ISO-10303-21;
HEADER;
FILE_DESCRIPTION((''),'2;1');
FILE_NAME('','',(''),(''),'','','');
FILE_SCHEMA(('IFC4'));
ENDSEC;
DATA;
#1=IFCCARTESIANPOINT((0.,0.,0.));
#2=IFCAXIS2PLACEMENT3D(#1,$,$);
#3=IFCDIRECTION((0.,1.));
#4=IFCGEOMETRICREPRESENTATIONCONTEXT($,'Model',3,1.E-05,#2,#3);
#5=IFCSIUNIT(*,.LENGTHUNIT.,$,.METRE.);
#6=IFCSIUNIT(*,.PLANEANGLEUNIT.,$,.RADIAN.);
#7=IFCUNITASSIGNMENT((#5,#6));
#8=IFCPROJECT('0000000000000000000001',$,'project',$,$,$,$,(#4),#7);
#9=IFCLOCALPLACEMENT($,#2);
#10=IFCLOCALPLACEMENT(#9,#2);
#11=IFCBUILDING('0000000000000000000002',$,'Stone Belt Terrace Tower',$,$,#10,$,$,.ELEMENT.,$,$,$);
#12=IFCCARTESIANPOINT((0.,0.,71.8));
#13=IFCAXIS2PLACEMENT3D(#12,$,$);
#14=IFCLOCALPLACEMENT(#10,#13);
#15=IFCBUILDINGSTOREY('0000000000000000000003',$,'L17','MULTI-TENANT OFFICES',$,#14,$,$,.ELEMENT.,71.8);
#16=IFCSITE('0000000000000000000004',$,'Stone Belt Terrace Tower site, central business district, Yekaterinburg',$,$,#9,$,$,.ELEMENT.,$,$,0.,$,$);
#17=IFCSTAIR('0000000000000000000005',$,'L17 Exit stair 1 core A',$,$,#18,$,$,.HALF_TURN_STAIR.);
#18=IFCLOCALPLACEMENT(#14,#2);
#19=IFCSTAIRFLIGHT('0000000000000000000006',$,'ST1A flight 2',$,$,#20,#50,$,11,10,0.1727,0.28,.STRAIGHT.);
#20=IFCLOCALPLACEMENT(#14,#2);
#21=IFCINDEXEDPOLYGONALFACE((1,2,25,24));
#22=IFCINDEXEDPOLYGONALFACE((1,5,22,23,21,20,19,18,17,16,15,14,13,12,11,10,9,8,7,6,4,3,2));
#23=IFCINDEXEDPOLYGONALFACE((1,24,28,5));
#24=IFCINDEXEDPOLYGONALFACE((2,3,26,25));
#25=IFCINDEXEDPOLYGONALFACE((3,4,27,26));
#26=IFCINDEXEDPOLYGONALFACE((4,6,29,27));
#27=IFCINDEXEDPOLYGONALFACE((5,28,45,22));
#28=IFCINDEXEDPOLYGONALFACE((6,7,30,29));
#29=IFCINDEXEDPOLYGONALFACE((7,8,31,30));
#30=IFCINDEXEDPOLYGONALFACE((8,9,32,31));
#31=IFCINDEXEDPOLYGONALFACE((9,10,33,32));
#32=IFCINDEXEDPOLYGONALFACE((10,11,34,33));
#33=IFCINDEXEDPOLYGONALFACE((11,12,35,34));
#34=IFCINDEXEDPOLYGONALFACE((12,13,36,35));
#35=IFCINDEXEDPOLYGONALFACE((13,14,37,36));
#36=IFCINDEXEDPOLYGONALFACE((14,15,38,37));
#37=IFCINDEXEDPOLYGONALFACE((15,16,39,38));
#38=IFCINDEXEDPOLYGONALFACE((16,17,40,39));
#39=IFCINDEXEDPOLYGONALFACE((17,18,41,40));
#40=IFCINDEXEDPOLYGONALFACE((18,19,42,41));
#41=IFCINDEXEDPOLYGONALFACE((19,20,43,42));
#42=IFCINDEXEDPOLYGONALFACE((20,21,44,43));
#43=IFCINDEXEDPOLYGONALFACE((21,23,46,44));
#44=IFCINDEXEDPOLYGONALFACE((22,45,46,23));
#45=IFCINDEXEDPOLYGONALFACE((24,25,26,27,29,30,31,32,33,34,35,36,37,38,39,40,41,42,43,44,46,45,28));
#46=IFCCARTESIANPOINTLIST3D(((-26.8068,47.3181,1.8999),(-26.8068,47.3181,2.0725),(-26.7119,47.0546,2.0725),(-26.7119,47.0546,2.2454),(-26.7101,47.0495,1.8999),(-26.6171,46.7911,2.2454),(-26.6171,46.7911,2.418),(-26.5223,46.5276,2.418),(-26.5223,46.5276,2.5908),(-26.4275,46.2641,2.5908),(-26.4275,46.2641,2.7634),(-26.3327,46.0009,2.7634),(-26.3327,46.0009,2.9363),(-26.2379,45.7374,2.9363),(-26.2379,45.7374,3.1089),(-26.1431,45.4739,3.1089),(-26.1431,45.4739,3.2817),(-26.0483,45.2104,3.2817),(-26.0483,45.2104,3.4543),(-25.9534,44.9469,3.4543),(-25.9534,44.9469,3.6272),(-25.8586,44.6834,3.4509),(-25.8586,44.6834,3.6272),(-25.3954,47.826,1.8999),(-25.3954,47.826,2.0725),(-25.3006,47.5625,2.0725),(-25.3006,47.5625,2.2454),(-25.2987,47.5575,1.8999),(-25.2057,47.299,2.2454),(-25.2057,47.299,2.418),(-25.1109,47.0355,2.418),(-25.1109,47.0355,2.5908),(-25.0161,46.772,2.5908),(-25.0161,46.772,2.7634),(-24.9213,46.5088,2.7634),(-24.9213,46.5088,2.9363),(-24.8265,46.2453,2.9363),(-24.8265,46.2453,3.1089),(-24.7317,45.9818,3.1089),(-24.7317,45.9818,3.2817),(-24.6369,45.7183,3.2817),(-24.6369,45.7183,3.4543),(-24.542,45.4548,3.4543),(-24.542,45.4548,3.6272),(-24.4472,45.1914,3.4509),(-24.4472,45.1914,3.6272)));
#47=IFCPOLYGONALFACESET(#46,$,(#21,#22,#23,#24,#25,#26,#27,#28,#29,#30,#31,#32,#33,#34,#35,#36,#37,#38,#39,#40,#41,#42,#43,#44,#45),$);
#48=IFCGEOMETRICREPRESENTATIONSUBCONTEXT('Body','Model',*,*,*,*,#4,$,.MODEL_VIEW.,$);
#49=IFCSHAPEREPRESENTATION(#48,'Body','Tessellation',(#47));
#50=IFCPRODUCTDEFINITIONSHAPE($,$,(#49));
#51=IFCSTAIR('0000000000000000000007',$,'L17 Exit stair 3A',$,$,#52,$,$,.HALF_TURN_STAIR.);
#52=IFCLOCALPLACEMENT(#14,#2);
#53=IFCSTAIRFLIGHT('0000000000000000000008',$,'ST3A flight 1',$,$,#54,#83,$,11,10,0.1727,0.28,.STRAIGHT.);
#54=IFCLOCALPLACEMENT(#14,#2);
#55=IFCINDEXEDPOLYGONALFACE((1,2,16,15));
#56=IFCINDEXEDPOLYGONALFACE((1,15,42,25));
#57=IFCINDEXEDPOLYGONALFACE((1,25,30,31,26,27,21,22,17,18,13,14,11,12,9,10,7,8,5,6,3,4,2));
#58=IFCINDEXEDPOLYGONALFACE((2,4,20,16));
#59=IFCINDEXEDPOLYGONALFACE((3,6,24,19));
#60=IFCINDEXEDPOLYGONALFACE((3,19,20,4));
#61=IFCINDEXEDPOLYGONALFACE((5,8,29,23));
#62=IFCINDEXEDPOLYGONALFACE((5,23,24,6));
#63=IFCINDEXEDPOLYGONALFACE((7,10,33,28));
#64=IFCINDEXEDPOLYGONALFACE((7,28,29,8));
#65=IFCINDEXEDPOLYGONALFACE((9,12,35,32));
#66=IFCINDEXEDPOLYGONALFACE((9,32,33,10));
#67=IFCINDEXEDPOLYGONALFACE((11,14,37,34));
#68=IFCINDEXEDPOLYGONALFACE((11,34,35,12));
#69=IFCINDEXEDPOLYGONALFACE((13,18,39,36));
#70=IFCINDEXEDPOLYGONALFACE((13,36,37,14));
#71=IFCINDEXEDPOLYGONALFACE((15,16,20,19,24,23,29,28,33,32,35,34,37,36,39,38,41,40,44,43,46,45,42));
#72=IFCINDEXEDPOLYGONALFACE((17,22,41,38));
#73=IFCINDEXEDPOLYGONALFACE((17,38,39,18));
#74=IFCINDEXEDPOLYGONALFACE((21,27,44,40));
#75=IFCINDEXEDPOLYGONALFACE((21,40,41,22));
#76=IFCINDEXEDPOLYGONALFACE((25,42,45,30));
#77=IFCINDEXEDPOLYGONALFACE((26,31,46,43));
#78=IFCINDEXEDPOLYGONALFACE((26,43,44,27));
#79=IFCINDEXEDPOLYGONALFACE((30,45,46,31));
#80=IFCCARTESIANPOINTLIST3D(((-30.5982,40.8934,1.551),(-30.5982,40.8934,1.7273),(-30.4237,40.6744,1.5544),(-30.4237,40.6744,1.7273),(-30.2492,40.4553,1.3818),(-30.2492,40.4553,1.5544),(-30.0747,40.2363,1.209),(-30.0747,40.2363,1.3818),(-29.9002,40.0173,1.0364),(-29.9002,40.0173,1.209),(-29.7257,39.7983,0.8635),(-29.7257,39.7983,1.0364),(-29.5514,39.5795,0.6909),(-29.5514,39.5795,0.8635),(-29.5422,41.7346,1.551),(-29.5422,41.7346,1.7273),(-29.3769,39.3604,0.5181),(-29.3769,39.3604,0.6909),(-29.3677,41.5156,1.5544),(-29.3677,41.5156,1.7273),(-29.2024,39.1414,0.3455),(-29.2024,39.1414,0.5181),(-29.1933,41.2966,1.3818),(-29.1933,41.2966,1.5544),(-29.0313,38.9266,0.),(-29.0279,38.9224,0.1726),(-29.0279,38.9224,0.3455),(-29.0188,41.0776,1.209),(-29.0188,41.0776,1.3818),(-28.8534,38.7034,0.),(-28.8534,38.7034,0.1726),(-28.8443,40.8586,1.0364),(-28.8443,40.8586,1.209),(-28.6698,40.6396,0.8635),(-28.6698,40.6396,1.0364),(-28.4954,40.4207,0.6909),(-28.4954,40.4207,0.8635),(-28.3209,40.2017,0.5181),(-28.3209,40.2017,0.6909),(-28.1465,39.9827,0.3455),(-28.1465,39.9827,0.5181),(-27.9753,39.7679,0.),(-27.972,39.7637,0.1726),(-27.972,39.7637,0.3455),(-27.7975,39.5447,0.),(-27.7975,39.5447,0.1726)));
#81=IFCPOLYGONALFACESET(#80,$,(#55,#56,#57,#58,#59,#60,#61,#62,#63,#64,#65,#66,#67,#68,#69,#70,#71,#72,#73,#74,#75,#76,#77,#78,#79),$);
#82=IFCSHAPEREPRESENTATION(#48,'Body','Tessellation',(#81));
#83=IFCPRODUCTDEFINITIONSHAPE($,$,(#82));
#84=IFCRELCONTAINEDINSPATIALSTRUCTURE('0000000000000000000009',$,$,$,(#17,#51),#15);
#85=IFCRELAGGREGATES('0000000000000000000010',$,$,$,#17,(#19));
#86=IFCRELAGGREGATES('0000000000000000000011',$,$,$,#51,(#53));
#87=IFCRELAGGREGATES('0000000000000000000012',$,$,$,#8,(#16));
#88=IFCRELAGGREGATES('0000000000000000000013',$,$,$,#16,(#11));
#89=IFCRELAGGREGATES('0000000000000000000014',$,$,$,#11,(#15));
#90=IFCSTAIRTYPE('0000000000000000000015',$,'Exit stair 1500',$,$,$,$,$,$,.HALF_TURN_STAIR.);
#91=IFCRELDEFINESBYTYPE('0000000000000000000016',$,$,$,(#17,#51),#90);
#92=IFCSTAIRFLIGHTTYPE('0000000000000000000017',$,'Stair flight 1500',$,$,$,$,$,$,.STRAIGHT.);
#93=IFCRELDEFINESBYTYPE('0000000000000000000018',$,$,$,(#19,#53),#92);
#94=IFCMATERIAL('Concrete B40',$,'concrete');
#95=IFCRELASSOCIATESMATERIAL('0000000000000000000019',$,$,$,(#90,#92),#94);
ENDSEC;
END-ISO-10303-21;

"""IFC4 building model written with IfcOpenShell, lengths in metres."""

from ifc_helpers import new_model, si_unit, direction, frame, origin, place, context, subcontext, project, spatial, polyline, outline, extrude, material, type_object, element, aggregate, save


model = new_model("IFC4")

# Units and contexts
model_context = context("Model", 3, precision=1e-05, world=origin(), true_north=direction((0.0, 1.0)))
body_context = subcontext(model_context, "Body", "Model", "MODEL_VIEW")
ifc_project = project(units=[si_unit("LENGTHUNIT", "METRE"), si_unit("PLANEANGLEUNIT", "RADIAN")], contexts=[model_context])

# Site, building, storey
site_placement = place(None, origin())
site = spatial("IfcSite", under=ifc_project, at=site_placement, Name="Stone Belt Terrace Tower site, central business district, Yekaterinburg", CompositionType="ELEMENT", RefElevation=0.0)
building_placement = place(site_placement, origin())
building = spatial("IfcBuilding", under=site, at=building_placement, Name="Stone Belt Terrace Tower", CompositionType="ELEMENT")
storey_placement = place(building_placement, frame((0.0, 0.0, 71.8)))
storey = spatial("IfcBuildingStorey", under=building, at=storey_placement, Name="L17", Description="MULTI-TENANT OFFICES", CompositionType="ELEMENT", Elevation=71.8)

# Stair, stair flight
ifc_material_1 = material(Name="Concrete B40", Category="concrete")
stair_type = type_object("IfcStairType", Name="Exit stair 1500", PredefinedType="HALF_TURN_STAIR", material=ifc_material_1)
stair_1_placement = place(storey_placement, origin())
stair_1 = element("IfcStair", 1, at=stair_1_placement, inside=storey, type_object=stair_type, Name="L17 Exit stair 1 core A", PredefinedType="HALF_TURN_STAIR")
stair_flight_type = type_object("IfcStairFlightType", Name="Stair flight 1500", PredefinedType="STRAIGHT", material=ifc_material_1)
stair_flight_1_placement = place(storey_placement, frame((-26.1011, 47.572, 1.8999), z_axis=(0.0, 0.0, 1.0), x_axis=(0.338624, -0.940922, 0.0)))
stair_flight_1 = element("IfcStairFlight", 2, at=stair_flight_1_placement, type_object=stair_flight_type, Name="ST1A flight 2", NumberOfRisers=11, NumberOfTreads=10, PredefinedType="STRAIGHT", RiserHeight=0.1727, TreadLength=0.28, context=body_context, shape_type="SweptSolid", body=[
    extrude(outline(polyline([(0.0, 0.0), (0.0, 0.1726), (0.28, 0.1726), (0.28, 0.3455), (0.5601, 0.3455), (0.5601, 0.5181), (0.8401, 0.5181), (0.8401, 0.6909), (1.1201, 0.6909), (1.1201, 0.8635), (1.3999, 0.8635), (1.3999, 1.0364), (1.6799, 1.0364), (1.6799, 1.209), (1.96, 1.209), (1.96, 1.3818), (2.24, 1.3818), (2.24, 1.5544), (2.52, 1.5544), (2.52, 1.7273), (2.8, 1.7273), (2.8, 1.8999), (2.8, 1.551), (0.2854, 0.0), (0.0, 0.0)])), frame((0.0, 0.75, 0.0), z_axis=(0.0, -1.0, 0.0), x_axis=(1.0, 0.0, 0.0)), (0.0, 0.0, 1.0), 1.5),
])
aggregate(stair_1, [stair_flight_1])

# Stair, stair flight
stair_2_placement = place(storey_placement, origin())
stair_2 = element("IfcStair", 3, at=stair_2_placement, inside=storey, type_object=stair_type, Name="L17 Exit stair 3A", PredefinedType="HALF_TURN_STAIR")
stair_flight_2_placement = place(storey_placement, frame((-28.3254, 39.124, 0.0), z_axis=(0.0, 0.0, 1.0), x_axis=(-0.623121, 0.782125, 0.0)))
stair_flight_2 = element("IfcStairFlight", 4, at=stair_flight_2_placement, type_object=stair_flight_type, Name="ST3A flight 1", NumberOfRisers=11, NumberOfTreads=10, PredefinedType="STRAIGHT", RiserHeight=0.1727, TreadLength=0.28, context=body_context, shape_type="SweptSolid", body=[
    extrude(outline(polyline([(0.0, 0.0), (0.0, 0.1726), (0.28, 0.1726), (0.28, 0.3455), (0.5601, 0.3455), (0.5601, 0.5181), (0.8401, 0.5181), (0.8401, 0.6909), (1.1201, 0.6909), (1.1201, 0.8635), (1.3999, 0.8635), (1.3999, 1.0364), (1.6799, 1.0364), (1.6799, 1.209), (1.96, 1.209), (1.96, 1.3818), (2.24, 1.3818), (2.24, 1.5544), (2.52, 1.5544), (2.52, 1.7273), (2.8, 1.7273), (2.8, 1.8999), (2.8, 1.551), (0.2854, 0.0), (0.0, 0.0)])), frame((0.0, 0.675, 0.0), z_axis=(0.0, -1.0, 0.0), x_axis=(1.0, 0.0, 0.0)), (0.0, 0.0, 1.0), 1.3501),
])
aggregate(stair_2, [stair_flight_2])

save(model, "model.ifc")
